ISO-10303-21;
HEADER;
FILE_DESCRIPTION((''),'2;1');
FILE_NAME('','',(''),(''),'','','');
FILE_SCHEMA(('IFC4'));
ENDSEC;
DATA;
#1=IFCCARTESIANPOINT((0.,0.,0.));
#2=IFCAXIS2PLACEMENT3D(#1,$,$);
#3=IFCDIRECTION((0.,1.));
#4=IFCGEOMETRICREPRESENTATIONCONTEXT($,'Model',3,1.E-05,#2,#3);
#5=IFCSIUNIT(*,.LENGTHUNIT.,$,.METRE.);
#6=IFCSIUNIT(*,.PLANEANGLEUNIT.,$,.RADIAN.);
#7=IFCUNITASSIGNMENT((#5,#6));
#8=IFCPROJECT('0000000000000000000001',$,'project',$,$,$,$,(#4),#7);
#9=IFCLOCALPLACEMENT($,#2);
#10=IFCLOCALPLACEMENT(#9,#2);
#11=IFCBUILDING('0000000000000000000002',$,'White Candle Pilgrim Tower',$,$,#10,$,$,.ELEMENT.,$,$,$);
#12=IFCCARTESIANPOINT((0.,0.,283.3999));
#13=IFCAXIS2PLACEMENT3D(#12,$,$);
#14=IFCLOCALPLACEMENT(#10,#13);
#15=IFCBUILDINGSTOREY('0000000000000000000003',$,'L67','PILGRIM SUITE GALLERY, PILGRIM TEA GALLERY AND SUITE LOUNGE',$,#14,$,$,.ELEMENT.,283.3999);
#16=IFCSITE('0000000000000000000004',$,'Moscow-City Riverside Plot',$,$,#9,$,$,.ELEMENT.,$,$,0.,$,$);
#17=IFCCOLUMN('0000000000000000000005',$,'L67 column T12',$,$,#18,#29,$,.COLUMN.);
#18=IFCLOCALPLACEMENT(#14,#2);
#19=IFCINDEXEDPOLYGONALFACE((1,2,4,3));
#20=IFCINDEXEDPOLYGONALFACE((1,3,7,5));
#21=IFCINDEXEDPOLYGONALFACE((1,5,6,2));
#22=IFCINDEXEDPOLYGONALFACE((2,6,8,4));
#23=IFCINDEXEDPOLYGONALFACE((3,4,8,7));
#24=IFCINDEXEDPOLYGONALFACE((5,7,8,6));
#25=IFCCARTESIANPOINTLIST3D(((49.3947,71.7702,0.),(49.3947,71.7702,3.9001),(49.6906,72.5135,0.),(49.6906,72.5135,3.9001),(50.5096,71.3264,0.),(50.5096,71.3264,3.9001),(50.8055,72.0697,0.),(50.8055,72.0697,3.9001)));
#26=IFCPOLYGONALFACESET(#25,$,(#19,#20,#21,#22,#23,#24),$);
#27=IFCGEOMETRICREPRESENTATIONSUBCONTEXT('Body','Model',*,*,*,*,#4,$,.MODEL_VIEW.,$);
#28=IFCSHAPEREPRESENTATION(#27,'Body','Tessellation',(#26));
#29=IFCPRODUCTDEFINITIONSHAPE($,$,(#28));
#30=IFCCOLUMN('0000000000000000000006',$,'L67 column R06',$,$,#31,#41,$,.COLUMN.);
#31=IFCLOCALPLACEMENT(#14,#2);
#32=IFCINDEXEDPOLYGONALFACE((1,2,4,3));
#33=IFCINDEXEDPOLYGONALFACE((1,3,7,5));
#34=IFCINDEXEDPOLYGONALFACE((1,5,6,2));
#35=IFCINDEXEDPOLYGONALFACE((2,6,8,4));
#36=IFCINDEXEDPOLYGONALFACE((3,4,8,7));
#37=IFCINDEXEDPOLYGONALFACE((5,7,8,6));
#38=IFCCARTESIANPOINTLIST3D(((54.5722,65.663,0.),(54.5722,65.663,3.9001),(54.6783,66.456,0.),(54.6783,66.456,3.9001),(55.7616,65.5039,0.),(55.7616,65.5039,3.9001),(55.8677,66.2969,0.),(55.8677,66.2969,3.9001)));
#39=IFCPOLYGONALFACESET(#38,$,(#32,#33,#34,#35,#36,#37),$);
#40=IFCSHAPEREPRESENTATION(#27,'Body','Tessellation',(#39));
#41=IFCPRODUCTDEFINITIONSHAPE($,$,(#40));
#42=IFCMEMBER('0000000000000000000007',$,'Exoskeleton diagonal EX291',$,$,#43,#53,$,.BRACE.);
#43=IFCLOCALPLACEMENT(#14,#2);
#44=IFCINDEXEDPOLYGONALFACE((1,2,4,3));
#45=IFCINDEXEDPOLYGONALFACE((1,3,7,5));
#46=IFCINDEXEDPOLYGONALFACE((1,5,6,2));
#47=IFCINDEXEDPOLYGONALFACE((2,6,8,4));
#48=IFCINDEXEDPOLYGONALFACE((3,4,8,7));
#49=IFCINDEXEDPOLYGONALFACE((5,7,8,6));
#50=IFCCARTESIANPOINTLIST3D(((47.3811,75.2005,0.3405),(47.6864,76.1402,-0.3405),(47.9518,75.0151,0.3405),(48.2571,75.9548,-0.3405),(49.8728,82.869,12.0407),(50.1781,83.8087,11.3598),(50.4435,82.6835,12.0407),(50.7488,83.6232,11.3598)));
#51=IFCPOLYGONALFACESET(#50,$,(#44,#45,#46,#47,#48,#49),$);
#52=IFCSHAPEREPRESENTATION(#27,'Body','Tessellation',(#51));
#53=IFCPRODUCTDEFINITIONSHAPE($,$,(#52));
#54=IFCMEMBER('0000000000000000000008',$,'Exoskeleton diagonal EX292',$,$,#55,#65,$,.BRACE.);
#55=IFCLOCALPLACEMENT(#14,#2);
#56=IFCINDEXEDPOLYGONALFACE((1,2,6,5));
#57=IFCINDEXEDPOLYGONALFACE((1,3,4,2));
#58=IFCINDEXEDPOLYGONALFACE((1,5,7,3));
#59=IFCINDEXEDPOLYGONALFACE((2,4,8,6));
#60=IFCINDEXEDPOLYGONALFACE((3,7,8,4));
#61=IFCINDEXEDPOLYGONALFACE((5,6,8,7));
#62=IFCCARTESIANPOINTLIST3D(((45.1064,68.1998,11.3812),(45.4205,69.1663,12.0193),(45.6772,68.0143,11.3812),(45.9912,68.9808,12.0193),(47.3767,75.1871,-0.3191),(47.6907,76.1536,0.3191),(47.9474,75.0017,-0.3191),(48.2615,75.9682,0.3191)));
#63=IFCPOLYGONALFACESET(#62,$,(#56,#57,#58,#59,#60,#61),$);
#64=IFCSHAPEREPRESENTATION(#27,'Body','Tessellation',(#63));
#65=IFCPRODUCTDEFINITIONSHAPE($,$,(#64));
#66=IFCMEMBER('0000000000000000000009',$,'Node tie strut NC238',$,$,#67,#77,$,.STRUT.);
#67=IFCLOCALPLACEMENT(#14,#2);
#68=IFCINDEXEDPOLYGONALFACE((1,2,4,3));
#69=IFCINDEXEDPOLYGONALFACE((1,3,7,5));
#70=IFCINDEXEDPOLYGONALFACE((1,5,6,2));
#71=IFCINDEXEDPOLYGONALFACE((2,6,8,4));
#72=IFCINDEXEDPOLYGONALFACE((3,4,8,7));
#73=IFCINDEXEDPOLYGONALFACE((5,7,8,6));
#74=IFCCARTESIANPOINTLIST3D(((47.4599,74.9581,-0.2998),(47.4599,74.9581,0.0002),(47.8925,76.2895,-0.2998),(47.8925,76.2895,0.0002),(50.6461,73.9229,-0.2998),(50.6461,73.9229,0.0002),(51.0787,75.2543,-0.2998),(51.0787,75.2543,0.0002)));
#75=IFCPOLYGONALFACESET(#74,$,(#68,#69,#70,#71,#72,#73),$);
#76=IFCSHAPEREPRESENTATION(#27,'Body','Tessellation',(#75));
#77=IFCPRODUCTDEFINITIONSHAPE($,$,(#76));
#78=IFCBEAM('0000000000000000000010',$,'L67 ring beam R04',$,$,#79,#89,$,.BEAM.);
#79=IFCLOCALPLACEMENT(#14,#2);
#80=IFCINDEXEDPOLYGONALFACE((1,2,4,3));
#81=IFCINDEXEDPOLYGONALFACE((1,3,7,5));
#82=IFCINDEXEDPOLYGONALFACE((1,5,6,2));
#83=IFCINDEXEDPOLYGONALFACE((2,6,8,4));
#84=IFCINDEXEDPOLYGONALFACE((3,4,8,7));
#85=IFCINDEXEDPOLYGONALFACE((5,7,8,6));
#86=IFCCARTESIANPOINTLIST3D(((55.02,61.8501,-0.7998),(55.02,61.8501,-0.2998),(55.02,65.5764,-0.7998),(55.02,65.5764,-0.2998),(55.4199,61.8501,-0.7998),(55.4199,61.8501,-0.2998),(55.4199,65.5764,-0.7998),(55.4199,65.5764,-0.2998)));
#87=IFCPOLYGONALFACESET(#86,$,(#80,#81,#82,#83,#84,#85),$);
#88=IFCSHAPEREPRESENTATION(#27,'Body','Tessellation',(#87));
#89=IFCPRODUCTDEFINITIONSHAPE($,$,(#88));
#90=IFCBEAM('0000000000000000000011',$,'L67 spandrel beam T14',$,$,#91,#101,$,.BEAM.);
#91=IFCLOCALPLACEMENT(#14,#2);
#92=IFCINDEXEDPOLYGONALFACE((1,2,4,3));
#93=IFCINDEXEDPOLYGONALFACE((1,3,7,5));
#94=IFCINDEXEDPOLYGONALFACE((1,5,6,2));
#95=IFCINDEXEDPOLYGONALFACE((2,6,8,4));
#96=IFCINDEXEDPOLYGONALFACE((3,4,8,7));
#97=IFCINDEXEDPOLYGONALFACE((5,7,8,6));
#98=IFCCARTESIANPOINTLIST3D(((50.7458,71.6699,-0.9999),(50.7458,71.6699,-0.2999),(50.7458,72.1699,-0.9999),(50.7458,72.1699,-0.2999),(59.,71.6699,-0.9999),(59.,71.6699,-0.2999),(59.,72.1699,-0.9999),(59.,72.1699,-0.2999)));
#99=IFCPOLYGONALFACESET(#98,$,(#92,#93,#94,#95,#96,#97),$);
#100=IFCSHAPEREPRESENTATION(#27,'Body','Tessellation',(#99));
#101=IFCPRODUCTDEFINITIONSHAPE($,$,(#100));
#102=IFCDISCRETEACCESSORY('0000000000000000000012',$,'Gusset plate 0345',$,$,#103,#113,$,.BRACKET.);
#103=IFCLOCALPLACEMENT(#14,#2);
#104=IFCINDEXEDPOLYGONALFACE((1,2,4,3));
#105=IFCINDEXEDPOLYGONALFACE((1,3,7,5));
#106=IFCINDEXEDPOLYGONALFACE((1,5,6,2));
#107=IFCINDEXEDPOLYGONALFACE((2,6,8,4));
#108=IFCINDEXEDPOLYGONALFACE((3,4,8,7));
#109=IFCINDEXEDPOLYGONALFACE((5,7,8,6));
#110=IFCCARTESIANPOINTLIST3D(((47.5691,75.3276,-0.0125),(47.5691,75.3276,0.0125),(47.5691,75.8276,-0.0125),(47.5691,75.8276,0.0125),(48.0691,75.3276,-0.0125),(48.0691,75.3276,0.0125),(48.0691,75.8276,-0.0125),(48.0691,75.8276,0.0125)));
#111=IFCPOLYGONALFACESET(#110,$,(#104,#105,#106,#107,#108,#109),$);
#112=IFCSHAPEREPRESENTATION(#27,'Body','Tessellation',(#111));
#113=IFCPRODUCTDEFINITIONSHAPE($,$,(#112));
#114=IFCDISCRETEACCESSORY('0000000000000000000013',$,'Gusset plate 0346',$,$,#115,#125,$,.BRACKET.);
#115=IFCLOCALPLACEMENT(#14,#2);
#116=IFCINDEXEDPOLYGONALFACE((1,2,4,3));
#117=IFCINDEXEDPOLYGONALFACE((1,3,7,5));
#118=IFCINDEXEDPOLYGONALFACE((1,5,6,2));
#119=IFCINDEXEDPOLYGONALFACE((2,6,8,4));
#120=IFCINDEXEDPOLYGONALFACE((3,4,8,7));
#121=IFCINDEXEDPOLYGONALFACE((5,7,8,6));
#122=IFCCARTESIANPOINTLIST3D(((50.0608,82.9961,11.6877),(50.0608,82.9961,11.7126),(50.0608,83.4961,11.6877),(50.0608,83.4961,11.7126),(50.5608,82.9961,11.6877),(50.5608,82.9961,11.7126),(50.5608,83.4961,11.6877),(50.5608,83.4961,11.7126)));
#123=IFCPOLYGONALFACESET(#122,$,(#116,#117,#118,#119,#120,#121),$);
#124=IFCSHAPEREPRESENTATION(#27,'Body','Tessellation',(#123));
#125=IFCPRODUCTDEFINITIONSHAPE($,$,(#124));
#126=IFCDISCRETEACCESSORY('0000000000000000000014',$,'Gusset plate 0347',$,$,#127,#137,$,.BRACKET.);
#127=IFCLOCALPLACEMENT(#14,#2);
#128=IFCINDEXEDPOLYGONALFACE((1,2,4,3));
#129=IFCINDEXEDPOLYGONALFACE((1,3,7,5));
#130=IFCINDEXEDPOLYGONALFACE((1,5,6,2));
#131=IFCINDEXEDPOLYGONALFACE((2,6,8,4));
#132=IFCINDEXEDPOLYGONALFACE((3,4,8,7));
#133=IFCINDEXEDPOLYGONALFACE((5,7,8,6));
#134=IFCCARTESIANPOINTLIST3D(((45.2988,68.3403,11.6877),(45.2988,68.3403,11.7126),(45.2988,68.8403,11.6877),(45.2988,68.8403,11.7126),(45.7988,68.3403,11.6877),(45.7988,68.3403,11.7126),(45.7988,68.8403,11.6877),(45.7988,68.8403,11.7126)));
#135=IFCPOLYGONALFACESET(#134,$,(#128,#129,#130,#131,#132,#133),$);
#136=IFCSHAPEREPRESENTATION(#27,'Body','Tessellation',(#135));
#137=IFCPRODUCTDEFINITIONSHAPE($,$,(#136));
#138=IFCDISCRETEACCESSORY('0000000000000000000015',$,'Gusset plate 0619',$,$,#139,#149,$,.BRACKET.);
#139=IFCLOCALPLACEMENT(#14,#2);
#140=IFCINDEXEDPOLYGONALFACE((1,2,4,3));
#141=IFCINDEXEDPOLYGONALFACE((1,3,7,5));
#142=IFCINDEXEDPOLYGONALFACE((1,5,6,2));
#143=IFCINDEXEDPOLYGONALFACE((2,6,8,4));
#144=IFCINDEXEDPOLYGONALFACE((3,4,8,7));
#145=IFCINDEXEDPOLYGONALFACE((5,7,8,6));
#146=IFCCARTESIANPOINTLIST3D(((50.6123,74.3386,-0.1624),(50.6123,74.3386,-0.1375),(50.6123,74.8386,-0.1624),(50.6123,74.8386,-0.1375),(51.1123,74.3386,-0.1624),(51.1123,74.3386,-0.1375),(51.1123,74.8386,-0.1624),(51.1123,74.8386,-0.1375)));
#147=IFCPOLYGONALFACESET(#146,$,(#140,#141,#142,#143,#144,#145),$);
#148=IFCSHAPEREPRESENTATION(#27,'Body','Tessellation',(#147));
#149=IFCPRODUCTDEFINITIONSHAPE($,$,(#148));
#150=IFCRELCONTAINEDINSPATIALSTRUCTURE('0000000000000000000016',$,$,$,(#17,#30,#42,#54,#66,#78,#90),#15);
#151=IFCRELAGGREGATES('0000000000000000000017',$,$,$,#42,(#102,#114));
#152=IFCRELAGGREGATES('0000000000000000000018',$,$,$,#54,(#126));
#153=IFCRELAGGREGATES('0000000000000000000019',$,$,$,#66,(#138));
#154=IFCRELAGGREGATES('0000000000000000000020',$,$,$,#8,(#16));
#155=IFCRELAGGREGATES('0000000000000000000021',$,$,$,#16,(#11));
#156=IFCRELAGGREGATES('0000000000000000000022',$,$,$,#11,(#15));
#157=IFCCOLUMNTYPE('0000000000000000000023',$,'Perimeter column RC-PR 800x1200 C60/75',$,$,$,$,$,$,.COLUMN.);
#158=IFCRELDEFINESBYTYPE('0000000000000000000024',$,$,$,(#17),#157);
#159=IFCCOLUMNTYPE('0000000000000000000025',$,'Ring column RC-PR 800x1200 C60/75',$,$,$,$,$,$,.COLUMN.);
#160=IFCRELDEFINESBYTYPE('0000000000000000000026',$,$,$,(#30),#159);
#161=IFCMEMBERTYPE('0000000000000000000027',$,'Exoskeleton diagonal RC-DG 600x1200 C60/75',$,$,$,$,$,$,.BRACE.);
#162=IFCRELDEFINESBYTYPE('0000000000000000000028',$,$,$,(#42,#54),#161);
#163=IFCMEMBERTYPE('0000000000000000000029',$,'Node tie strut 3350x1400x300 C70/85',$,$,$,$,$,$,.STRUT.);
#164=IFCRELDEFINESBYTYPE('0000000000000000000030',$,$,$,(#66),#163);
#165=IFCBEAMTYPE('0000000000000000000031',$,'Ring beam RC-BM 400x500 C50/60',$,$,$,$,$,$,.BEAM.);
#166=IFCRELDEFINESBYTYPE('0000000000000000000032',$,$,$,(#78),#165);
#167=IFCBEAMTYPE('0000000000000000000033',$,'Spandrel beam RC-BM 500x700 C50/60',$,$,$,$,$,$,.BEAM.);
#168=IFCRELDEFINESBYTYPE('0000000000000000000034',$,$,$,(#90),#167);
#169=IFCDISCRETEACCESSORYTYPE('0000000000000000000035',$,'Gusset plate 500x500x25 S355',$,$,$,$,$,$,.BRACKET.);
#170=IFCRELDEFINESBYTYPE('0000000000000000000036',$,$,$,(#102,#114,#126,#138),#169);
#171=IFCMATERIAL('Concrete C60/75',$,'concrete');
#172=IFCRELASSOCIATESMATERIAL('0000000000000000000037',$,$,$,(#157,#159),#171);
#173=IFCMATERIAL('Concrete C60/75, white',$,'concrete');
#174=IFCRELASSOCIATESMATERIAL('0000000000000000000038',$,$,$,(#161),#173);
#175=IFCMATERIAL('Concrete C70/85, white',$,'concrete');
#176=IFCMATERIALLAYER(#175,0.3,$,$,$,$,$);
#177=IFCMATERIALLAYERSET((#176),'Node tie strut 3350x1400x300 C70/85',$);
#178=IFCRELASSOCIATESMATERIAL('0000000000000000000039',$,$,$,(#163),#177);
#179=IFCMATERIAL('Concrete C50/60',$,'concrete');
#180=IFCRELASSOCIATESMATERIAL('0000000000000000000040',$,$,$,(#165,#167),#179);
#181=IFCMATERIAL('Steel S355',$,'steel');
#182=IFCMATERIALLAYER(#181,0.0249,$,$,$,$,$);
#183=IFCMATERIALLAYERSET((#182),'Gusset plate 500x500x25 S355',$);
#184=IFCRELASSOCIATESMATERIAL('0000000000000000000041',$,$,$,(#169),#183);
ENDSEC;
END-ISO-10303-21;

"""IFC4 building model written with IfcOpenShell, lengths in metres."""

from ifc_helpers import new_model, si_unit, direction, frame, origin, origin_2d, place, context, subcontext, project, spatial, rectangle, extrude, material, layer, layer_set, material_profile, profile_set, type_object, element, aggregate, save


model = new_model("IFC4")

# Units and contexts
model_context = context("Model", 3, precision=1e-05, world=origin(), true_north=direction((0.0, 1.0)))
body_context = subcontext(model_context, "Body", "Model", "MODEL_VIEW")
ifc_project = project(units=[si_unit("LENGTHUNIT", "METRE"), si_unit("PLANEANGLEUNIT", "RADIAN")], contexts=[model_context])

# Site, building, storey
site_placement = place(None, origin())
site = spatial("IfcSite", under=ifc_project, at=site_placement, Name="Moscow-City Riverside Plot", CompositionType="ELEMENT", RefElevation=0.0)
building_placement = place(site_placement, origin())
building = spatial("IfcBuilding", under=site, at=building_placement, Name="White Candle Pilgrim Tower", CompositionType="ELEMENT")
storey_placement = place(building_placement, frame((0.0, 0.0, 283.3999)))
storey = spatial("IfcBuildingStorey", under=building, at=storey_placement, Name="L67", Description="PILGRIM SUITE GALLERY, PILGRIM TEA GALLERY AND SUITE LOUNGE", CompositionType="ELEMENT", Elevation=283.3999)

# Columns
ifc_material_1 = material(Name="Concrete C60/75", Category="concrete")
ifc_material_profile_1 = material_profile(ifc_material_1, rectangle(XDim=0.8, YDim=1.2, at=origin_2d()), Name="RC-PR 800x1200")
ifc_profile_set_1 = profile_set([ifc_material_profile_1], Name="Concrete C60/75")
column_type_1 = type_object("IfcColumnType", Name="Perimeter column RC-PR 800x1200 C60/75", PredefinedType="COLUMN", material=ifc_profile_set_1)
column_1_placement = place(storey_placement, frame((50.1001, 71.9199, 0.0), z_axis=(0.0, 0.0, 1.0), x_axis=(0.36986, 0.929087, 0.0)))
element("IfcColumn", 1, at=column_1_placement, inside=storey, type_object=column_type_1, Name="L67 column T12", PredefinedType="COLUMN", context=body_context, shape_type="SweptSolid", body=[
    extrude(rectangle(XDim=0.8, YDim=1.2, at=origin_2d()), origin(), (0.0, 0.0, 1.0), 3.9001),
])
ifc_material_profile_2 = material_profile(ifc_material_1, rectangle(XDim=0.8, YDim=1.2, at=origin_2d()), Name="RC-PR 800x1200")
ifc_profile_set_2 = profile_set([ifc_material_profile_2], Name="Concrete C60/75")
column_type_2 = type_object("IfcColumnType", Name="Ring column RC-PR 800x1200 C60/75", PredefinedType="COLUMN", material=ifc_profile_set_2)
column_2_placement = place(storey_placement, frame((55.22, 65.98, 0.0), z_axis=(0.0, 0.0, 1.0), x_axis=(0.132602, 0.991169, 0.0)))
element("IfcColumn", 2, at=column_2_placement, inside=storey, type_object=column_type_2, Name="L67 column R06", PredefinedType="COLUMN", context=body_context, shape_type="SweptSolid", body=[
    extrude(rectangle(XDim=0.8, YDim=1.2, at=origin_2d()), origin(), (0.0, 0.0, 1.0), 3.9001),
])

# Members
ifc_material_2 = material(Name="Concrete C60/75, white", Category="concrete")
ifc_material_profile_3 = material_profile(ifc_material_2, rectangle(XDim=0.6001, YDim=1.2, at=origin_2d()), Name="RC-DG 600x1200")
ifc_profile_set_3 = profile_set([ifc_material_profile_3], Name="Concrete C60/75, white")
member_type_1 = type_object("IfcMemberType", Name="Exoskeleton diagonal RC-DG 600x1200 C60/75", PredefinedType="BRACE", material=ifc_profile_set_3)
member_1_placement = place(storey_placement, frame((47.8191, 75.5776, 0.0), z_axis=(0.175355, 0.539673, 0.82341), x_axis=(-0.951054, 0.309024, 0.0)))
member_1 = element("IfcMember", 3, at=member_1_placement, inside=storey, type_object=member_type_1, Name="Exoskeleton diagonal EX291", PredefinedType="BRACE", context=body_context, shape_type="SweptSolid", body=[
    extrude(rectangle(XDim=0.6001, YDim=1.2, at=origin_2d()), origin(), (0.0, 0.0, 1.0), 14.2095),
])
member_2_placement = place(storey_placement, frame((47.8191, 75.5776, 0.0), z_axis=(-0.164326, -0.505754, 0.846882), x_axis=(0.951058, -0.309011, 0.0)))
member_2 = element("IfcMember", 4, at=member_2_placement, inside=storey, type_object=member_type_1, Name="Exoskeleton diagonal EX292", PredefinedType="BRACE", context=body_context, shape_type="SweptSolid", body=[
    extrude(rectangle(XDim=0.6001, YDim=1.2, at=origin_2d()), origin(), (0.0, 0.0, 1.0), 13.8157),
])
ifc_material_3 = material(Name="Concrete C70/85, white", Category="concrete")
ifc_layer_1 = layer(ifc_material_3, 0.3)
ifc_layer_set_1 = layer_set([ifc_layer_1], Name="Node tie strut 3350x1400x300 C70/85")
member_type_2 = type_object("IfcMemberType", Name="Node tie strut 3350x1400x300 C70/85", PredefinedType="STRUT", material=ifc_layer_set_1)
member_3_placement = place(storey_placement, frame((49.2693, 75.1062, -0.2998), z_axis=(0.0, 0.0, 1.0), x_axis=(-0.309017, -0.951057, 0.0)))
member_3 = element("IfcMember", 5, at=member_3_placement, inside=storey, type_object=member_type_2, Name="Node tie strut NC238", PredefinedType="STRUT", context=body_context, shape_type="SweptSolid", body=[
    extrude(rectangle(XDim=1.3999, YDim=3.3501, at=origin_2d()), origin(), (0.0, 0.0, 1.0), 0.3),
])

# Beams
ifc_material_4 = material(Name="Concrete C50/60", Category="concrete")
ifc_material_profile_4 = material_profile(ifc_material_4, rectangle(XDim=0.3999, YDim=0.5, at=origin_2d()), Name="RC-BM 400x500")
ifc_profile_set_4 = profile_set([ifc_material_profile_4], Name="Concrete C50/60")
beam_type_1 = type_object("IfcBeamType", Name="Ring beam RC-BM 400x500 C50/60", PredefinedType="BEAM", material=ifc_profile_set_4)
beam_1_placement = place(storey_placement, frame((55.22, 65.5764, -0.5498), z_axis=(0.0, -1.0, 0.0), x_axis=(1.0, 0.0, 0.0)))
element("IfcBeam", 6, at=beam_1_placement, inside=storey, type_object=beam_type_1, Name="L67 ring beam R04", PredefinedType="BEAM", context=body_context, shape_type="SweptSolid", body=[
    extrude(rectangle(XDim=0.3999, YDim=0.5, at=origin_2d()), origin(), (0.0, 0.0, 1.0), 3.7263),
])
ifc_material_profile_5 = material_profile(ifc_material_4, rectangle(XDim=0.5, YDim=0.7, at=origin_2d()), Name="RC-BM 500x700")
ifc_profile_set_5 = profile_set([ifc_material_profile_5], Name="Concrete C50/60")
beam_type_2 = type_object("IfcBeamType", Name="Spandrel beam RC-BM 500x700 C50/60", PredefinedType="BEAM", material=ifc_profile_set_5)
beam_2_placement = place(storey_placement, frame((50.7458, 71.9199, -0.6499), z_axis=(1.0, 0.0, 0.0), x_axis=(0.0, 1.0, 0.0)))
element("IfcBeam", 7, at=beam_2_placement, inside=storey, type_object=beam_type_2, Name="L67 spandrel beam T14", PredefinedType="BEAM", context=body_context, shape_type="SweptSolid", body=[
    extrude(rectangle(XDim=0.5, YDim=0.7, at=origin_2d()), origin(), (0.0, 0.0, 1.0), 8.2542),
])

# Discrete accessories
ifc_material_5 = material(Name="Steel S355", Category="steel")
ifc_layer_2 = layer(ifc_material_5, 0.0249)
ifc_layer_set_2 = layer_set([ifc_layer_2], Name="Gusset plate 500x500x25 S355")
discrete_accessory_type = type_object("IfcDiscreteAccessoryType", Name="Gusset plate 500x500x25 S355", PredefinedType="BRACKET", material=ifc_layer_set_2)
discrete_accessory_1_placement = place(storey_placement, frame((47.8191, 75.5776, -0.0125), z_axis=(0.0, 0.0, 1.0), x_axis=(1.0, 0.0, 0.0)))
discrete_accessory_1 = element("IfcDiscreteAccessory", 8, at=discrete_accessory_1_placement, type_object=discrete_accessory_type, Name="Gusset plate 0345", PredefinedType="BRACKET", context=body_context, shape_type="SweptSolid", body=[
    extrude(rectangle(XDim=0.5, YDim=0.5, at=origin_2d()), origin(), (0.0, 0.0, 1.0), 0.0249),
])
placement = place(building_placement, frame((0.0, 0.0, 295.1001)))
discrete_accessory_2_placement = place(placement, frame((50.3108, 83.2461, -0.0125), z_axis=(0.0, 0.0, 1.0), x_axis=(1.0, 0.0, 0.0)))
discrete_accessory_2 = element("IfcDiscreteAccessory", 9, at=discrete_accessory_2_placement, type_object=discrete_accessory_type, Name="Gusset plate 0346", PredefinedType="BRACKET", context=body_context, shape_type="SweptSolid", body=[
    extrude(rectangle(XDim=0.5, YDim=0.5, at=origin_2d()), origin(), (0.0, 0.0, 1.0), 0.0249),
])
aggregate(member_1, [discrete_accessory_1, discrete_accessory_2])
discrete_accessory_3_placement = place(placement, frame((45.5488, 68.5903, -0.0125), z_axis=(0.0, 0.0, 1.0), x_axis=(1.0, 0.0, 0.0)))
discrete_accessory_3 = element("IfcDiscreteAccessory", 10, at=discrete_accessory_3_placement, type_object=discrete_accessory_type, Name="Gusset plate 0347", PredefinedType="BRACKET", context=body_context, shape_type="SweptSolid", body=[
    extrude(rectangle(XDim=0.5, YDim=0.5, at=origin_2d()), origin(), (0.0, 0.0, 1.0), 0.0249),
])
aggregate(member_2, [discrete_accessory_3])
discrete_accessory_4_placement = place(storey_placement, frame((50.8623, 74.5886, -0.1624), z_axis=(0.0, 0.0, 1.0), x_axis=(1.0, 0.0, 0.0)))
discrete_accessory_4 = element("IfcDiscreteAccessory", 11, at=discrete_accessory_4_placement, type_object=discrete_accessory_type, Name="Gusset plate 0619", PredefinedType="BRACKET", context=body_context, shape_type="SweptSolid", body=[
    extrude(rectangle(XDim=0.5, YDim=0.5, at=origin_2d()), origin(), (0.0, 0.0, 1.0), 0.0249),
])
aggregate(member_3, [discrete_accessory_4])

save(model, "model.ifc")
